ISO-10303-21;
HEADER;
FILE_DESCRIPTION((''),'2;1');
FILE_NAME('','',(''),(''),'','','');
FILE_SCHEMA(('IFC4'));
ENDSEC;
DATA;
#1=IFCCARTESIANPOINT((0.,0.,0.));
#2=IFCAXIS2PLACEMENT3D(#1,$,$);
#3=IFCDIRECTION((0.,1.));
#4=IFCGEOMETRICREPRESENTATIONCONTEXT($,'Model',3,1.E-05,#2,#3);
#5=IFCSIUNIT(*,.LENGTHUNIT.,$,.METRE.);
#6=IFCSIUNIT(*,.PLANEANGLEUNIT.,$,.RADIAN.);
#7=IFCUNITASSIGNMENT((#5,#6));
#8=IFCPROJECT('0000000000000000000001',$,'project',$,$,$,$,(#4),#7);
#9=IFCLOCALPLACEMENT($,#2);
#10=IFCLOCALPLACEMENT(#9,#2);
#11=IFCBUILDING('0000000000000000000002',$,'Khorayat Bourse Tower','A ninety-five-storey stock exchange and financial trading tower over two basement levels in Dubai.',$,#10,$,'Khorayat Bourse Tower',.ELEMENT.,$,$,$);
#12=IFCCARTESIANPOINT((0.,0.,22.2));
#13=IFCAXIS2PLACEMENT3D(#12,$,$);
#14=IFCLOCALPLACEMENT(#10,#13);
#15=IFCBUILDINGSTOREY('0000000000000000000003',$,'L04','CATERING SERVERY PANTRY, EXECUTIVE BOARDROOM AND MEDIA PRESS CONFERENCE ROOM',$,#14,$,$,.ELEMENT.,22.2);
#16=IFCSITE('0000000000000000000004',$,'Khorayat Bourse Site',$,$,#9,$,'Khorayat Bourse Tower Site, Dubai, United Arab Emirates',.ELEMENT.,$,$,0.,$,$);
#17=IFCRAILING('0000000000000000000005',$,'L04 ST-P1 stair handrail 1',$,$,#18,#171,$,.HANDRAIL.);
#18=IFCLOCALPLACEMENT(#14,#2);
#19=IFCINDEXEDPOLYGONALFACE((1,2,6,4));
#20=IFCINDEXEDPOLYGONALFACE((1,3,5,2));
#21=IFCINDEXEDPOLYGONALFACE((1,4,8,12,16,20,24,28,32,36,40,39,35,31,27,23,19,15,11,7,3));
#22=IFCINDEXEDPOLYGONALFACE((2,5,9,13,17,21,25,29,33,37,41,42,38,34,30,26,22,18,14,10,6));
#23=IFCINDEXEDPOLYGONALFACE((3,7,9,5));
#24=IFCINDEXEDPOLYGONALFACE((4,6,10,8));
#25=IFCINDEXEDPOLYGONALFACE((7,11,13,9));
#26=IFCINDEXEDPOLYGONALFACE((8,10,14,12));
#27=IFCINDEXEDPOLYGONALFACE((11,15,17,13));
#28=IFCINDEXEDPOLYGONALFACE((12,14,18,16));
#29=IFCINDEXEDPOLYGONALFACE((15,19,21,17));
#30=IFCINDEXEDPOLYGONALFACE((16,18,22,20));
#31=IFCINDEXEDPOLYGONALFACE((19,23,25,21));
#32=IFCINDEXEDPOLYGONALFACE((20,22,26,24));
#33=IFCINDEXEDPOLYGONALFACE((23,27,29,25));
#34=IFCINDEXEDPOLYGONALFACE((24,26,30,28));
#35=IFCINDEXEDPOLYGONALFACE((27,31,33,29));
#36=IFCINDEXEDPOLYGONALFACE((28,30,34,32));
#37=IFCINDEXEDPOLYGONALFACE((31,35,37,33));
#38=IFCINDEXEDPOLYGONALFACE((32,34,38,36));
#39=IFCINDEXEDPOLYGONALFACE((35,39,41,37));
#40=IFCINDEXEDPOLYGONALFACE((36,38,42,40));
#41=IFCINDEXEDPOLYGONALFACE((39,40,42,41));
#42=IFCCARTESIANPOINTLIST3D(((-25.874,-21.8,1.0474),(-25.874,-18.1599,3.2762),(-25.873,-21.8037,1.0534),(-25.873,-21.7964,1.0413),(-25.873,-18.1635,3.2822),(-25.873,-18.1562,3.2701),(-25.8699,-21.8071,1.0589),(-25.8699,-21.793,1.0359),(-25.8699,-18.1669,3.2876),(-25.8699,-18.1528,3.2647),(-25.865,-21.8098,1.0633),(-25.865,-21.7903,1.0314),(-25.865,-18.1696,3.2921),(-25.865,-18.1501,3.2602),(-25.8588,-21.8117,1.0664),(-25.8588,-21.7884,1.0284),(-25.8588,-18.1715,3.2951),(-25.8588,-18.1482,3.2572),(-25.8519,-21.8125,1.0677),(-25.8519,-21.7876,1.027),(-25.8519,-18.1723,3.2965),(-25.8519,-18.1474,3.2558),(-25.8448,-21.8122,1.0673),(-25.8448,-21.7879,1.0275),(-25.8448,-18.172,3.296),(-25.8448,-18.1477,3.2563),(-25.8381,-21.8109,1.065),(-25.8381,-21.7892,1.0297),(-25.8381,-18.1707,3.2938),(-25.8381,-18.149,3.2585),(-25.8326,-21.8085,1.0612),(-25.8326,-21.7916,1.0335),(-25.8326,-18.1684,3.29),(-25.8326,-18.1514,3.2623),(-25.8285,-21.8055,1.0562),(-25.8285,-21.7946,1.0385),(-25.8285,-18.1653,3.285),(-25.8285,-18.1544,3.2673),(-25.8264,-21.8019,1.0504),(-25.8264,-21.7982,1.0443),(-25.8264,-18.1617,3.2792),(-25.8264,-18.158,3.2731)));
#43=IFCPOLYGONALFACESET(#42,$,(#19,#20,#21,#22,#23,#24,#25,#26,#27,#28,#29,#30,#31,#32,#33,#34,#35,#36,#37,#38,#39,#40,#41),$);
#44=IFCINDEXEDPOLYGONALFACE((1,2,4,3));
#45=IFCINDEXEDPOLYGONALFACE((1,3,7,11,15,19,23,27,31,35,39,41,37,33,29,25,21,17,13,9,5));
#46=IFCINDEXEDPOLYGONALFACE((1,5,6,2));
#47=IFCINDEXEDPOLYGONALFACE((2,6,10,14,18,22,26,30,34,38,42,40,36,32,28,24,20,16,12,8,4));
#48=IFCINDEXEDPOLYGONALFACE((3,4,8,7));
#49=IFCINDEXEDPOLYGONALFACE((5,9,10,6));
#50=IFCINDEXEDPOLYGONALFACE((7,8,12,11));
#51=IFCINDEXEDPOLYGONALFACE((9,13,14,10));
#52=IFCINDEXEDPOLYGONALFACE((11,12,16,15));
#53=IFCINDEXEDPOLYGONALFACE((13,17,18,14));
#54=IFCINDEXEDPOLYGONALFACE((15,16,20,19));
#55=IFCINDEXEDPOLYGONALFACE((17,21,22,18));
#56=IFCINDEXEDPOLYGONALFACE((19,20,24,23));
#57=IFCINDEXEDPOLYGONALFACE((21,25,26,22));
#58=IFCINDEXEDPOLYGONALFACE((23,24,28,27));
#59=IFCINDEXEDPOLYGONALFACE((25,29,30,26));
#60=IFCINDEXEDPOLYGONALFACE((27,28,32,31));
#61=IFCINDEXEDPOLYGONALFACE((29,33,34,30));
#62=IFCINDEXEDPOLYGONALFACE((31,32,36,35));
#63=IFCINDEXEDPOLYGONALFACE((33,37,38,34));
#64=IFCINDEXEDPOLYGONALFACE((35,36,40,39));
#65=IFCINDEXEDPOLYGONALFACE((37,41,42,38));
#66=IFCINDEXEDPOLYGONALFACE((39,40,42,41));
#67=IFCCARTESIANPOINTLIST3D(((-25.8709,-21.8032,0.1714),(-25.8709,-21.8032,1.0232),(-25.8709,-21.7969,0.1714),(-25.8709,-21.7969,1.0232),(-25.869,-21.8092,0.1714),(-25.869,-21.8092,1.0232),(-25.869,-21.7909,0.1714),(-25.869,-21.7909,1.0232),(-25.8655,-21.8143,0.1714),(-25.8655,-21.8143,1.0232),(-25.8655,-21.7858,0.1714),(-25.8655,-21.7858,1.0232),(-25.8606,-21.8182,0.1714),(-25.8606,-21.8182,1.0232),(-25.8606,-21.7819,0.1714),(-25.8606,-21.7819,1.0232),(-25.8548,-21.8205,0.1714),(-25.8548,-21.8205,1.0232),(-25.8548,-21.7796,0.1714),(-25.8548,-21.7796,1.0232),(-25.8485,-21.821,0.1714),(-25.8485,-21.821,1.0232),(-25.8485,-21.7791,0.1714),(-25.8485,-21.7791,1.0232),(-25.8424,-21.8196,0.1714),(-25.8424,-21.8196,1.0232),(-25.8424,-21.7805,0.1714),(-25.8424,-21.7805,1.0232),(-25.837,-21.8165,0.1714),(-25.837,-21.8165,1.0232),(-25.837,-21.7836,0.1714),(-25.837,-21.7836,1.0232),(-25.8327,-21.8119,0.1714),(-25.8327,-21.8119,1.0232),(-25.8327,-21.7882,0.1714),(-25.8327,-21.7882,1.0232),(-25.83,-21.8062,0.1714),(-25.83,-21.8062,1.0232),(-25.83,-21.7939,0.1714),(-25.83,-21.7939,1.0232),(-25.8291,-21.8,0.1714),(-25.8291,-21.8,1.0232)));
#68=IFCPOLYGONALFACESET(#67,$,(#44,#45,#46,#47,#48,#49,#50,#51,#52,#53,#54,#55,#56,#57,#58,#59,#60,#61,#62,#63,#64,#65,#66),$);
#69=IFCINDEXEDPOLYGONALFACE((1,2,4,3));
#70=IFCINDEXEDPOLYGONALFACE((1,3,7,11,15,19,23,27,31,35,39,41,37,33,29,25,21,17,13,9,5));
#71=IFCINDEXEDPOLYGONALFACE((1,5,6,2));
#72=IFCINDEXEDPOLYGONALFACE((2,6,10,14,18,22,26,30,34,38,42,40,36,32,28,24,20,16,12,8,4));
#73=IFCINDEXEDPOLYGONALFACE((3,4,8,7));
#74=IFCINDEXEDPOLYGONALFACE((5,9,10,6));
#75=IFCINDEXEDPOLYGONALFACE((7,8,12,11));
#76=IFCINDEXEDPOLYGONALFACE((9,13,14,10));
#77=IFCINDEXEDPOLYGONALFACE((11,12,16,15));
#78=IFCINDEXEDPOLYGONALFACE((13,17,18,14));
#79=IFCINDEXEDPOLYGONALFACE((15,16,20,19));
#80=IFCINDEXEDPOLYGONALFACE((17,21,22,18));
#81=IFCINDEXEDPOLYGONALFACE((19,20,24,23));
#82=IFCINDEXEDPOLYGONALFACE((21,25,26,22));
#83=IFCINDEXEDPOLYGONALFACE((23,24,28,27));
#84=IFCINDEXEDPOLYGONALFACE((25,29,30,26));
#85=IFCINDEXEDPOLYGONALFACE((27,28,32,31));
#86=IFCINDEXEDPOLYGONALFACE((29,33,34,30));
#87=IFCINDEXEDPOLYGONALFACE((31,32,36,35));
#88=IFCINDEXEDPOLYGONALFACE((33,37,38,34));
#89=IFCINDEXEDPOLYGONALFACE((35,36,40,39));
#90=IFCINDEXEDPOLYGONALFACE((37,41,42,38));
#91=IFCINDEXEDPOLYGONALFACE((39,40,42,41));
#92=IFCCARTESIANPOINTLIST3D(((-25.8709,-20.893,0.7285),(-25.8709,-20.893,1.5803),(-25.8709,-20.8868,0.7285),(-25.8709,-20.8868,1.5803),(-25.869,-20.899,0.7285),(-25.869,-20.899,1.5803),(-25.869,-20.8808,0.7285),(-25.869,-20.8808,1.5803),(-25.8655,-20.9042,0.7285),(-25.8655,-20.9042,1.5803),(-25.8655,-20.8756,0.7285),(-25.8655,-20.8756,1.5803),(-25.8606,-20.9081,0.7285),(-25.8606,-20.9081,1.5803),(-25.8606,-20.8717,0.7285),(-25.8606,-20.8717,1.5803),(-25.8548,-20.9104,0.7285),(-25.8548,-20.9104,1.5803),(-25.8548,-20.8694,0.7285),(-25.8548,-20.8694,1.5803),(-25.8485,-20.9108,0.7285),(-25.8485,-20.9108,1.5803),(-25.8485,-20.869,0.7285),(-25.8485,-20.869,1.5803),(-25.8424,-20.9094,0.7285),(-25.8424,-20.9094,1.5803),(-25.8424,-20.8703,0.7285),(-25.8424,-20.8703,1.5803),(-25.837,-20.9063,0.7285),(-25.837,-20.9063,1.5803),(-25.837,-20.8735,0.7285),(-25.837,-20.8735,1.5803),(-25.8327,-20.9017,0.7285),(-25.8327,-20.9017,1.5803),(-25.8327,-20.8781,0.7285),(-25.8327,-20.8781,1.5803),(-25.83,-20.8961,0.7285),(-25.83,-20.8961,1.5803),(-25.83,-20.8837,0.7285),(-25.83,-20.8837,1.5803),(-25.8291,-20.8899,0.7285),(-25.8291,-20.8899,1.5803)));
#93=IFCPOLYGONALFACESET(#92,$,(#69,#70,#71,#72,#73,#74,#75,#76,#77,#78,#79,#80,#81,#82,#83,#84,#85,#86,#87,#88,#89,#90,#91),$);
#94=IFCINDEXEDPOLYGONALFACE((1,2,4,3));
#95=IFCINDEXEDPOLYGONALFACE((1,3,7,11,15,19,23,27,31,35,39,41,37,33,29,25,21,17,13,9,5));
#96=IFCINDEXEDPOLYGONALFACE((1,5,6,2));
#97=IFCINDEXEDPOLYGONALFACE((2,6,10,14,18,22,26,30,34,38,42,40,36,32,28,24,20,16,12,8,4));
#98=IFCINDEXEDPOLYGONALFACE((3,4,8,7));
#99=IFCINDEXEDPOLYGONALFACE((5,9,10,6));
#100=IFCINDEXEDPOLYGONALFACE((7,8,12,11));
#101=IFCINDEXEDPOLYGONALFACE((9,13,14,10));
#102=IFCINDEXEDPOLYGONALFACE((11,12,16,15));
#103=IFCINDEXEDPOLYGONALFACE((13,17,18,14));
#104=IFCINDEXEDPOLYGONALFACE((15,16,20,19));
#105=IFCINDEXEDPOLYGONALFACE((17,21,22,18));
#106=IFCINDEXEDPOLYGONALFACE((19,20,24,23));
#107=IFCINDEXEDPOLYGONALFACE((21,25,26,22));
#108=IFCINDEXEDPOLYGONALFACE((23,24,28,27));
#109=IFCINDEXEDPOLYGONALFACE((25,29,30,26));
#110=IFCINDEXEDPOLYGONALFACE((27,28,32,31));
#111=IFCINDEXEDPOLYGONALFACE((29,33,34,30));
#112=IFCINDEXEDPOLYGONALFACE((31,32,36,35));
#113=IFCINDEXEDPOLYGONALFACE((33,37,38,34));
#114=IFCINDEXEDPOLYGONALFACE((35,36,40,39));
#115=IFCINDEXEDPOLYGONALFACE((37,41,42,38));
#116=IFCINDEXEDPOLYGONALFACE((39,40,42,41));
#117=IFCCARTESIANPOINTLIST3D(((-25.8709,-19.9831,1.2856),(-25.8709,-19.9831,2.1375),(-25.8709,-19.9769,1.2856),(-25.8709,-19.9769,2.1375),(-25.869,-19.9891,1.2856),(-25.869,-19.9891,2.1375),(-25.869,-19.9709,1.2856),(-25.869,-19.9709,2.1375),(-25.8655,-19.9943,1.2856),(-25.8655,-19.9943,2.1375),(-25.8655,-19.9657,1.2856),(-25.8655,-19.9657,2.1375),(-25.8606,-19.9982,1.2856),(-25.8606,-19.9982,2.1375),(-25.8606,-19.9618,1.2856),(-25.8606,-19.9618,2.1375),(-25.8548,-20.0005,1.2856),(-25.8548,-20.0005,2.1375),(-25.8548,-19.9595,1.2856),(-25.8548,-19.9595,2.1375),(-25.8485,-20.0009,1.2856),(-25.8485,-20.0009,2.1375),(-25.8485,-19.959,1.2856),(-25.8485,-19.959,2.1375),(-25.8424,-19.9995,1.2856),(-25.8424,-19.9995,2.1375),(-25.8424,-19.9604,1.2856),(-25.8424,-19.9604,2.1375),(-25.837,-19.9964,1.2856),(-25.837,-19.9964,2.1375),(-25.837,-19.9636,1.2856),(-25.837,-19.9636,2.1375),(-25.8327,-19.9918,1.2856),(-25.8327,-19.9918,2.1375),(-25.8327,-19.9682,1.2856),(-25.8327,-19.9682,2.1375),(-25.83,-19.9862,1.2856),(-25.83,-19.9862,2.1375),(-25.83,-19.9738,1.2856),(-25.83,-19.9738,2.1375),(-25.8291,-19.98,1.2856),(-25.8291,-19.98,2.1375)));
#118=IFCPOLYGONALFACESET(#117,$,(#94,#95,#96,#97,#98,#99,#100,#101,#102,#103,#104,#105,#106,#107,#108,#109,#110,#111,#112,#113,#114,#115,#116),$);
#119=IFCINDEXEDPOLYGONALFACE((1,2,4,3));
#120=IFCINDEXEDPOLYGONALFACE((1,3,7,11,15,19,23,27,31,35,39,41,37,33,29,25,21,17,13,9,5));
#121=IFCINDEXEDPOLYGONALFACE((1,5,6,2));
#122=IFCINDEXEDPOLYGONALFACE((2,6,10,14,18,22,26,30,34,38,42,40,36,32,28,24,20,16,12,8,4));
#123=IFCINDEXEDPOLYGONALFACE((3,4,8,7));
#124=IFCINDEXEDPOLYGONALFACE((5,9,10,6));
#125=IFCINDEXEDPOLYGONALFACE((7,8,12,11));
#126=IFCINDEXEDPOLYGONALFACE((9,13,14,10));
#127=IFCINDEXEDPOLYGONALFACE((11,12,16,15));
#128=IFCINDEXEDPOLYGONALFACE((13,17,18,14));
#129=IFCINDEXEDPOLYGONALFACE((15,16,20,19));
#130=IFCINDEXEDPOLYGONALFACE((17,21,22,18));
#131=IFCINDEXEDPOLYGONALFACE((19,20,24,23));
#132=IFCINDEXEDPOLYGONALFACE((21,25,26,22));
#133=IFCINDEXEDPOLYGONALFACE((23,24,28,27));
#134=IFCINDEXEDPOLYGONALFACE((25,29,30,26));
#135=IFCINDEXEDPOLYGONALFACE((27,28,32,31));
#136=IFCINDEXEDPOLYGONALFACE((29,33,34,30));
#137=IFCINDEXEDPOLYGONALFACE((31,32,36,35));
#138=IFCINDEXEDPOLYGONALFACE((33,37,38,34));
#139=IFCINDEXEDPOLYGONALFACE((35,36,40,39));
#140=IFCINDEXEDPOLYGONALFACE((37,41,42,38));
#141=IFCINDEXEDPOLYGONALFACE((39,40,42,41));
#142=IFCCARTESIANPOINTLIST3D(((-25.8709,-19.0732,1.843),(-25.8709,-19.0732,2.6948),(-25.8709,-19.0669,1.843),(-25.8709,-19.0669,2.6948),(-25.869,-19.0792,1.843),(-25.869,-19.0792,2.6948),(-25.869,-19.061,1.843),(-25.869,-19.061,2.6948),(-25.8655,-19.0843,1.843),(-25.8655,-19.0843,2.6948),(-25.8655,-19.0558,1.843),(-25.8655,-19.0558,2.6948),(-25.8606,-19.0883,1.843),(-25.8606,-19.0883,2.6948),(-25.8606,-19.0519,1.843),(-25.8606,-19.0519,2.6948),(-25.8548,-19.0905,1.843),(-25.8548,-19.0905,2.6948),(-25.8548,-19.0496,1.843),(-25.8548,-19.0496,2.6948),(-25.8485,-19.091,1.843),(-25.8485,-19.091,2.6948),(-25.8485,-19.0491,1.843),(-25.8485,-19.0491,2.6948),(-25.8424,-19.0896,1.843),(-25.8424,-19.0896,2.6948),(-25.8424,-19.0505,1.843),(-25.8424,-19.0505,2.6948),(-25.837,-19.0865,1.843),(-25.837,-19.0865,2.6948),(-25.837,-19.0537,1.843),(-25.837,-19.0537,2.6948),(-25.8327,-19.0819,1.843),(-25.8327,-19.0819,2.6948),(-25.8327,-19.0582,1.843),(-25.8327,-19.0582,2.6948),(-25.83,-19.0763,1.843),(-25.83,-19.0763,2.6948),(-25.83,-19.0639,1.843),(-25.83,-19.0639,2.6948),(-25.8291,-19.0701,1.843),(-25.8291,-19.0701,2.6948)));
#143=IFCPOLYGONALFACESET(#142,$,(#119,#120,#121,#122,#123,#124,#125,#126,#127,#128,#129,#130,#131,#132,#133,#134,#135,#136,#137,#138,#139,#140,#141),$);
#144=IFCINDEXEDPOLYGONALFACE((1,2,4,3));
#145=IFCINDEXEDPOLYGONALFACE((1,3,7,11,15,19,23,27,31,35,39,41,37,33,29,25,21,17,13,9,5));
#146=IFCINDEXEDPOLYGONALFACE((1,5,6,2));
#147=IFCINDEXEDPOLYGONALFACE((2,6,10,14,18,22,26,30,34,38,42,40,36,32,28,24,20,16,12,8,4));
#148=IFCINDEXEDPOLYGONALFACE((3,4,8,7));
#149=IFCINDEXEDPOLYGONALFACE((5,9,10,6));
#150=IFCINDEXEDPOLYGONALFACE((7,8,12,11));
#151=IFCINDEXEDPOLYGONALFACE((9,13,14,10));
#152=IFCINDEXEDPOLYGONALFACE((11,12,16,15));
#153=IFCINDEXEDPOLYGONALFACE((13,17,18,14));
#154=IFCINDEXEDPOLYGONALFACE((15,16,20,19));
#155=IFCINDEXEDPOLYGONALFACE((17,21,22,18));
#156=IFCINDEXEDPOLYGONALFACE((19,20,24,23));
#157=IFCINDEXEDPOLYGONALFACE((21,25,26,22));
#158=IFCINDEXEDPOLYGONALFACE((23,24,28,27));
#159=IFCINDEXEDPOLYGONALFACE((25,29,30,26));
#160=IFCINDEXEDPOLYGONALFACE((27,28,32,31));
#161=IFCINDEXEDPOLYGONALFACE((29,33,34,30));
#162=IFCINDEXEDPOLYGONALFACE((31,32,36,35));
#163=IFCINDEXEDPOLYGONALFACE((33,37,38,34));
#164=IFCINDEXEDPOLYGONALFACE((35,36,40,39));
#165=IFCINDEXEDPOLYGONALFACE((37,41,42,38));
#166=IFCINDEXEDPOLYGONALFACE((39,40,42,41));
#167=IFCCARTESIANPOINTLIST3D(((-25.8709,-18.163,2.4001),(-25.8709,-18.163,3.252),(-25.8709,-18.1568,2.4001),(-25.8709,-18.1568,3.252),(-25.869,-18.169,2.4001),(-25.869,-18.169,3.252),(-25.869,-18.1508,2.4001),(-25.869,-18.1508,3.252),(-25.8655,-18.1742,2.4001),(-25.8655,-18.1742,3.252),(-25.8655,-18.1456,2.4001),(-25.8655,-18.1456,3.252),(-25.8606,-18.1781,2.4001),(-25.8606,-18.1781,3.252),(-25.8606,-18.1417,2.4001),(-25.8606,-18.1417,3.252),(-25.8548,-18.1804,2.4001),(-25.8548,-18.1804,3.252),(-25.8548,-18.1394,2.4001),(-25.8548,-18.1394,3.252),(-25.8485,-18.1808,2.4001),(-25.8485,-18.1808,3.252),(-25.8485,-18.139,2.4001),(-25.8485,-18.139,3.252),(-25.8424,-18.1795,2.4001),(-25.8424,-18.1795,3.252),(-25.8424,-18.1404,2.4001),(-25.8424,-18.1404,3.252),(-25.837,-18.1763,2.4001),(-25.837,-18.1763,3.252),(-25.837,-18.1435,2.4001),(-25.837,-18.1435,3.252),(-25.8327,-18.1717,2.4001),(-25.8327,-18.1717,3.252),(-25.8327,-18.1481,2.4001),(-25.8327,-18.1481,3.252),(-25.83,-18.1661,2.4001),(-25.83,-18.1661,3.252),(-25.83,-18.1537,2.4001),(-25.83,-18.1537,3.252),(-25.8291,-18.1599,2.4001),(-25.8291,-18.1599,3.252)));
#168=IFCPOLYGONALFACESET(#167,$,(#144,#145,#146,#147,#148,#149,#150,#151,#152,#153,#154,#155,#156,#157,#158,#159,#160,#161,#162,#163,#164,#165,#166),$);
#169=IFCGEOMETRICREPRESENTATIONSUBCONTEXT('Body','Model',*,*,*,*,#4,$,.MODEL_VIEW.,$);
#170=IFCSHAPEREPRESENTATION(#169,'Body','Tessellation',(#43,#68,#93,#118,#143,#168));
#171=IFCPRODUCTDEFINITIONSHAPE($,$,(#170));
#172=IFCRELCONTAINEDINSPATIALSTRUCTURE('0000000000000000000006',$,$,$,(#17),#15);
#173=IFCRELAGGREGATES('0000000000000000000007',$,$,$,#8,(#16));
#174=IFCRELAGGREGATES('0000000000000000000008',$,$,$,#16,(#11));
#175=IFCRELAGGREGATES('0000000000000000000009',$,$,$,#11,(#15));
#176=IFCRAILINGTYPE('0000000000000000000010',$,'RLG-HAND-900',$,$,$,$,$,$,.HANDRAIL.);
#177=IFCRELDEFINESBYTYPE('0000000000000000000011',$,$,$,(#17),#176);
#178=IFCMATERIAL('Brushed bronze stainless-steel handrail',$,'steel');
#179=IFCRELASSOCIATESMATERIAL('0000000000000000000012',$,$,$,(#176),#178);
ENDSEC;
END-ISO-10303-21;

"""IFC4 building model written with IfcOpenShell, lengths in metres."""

from ifc_helpers import new_model, si_unit, direction, frame, origin, origin_2d, place, context, subcontext, project, spatial, circle, extrude, source, transform, mapped, material, type_object, element, save


model = new_model("IFC4")

# Units and contexts
model_context = context("Model", 3, precision=1e-05, world=origin(), true_north=direction((0.0, 1.0)))
body_context = subcontext(model_context, "Body", "Model", "MODEL_VIEW")
ifc_project = project(units=[si_unit("LENGTHUNIT", "METRE"), si_unit("PLANEANGLEUNIT", "RADIAN")], contexts=[model_context])

# Site, building, storey
site_placement = place(None, origin())
site = spatial("IfcSite", under=ifc_project, at=site_placement, Name="Khorayat Bourse Site", LongName="Khorayat Bourse Tower Site, Dubai, United Arab Emirates", CompositionType="ELEMENT", RefElevation=0.0)
building_placement = place(site_placement, origin())
building = spatial("IfcBuilding", under=site, at=building_placement, Name="Khorayat Bourse Tower", Description="A ninety-five-storey stock exchange and financial trading tower over two basement levels in Dubai.", LongName="Khorayat Bourse Tower", CompositionType="ELEMENT")
storey_placement = place(building_placement, frame((0.0, 0.0, 22.2)))
storey = spatial("IfcBuildingStorey", under=building, at=storey_placement, Name="L04", Description="CATERING SERVERY PANTRY, EXECUTIVE BOARDROOM AND MEDIA PRESS CONFERENCE ROOM", CompositionType="ELEMENT", Elevation=22.2)

# Railing
ifc_material_1 = material(Name="Brushed bronze stainless-steel handrail", Category="steel")
railing_type_1 = type_object("IfcRailingType", Name="RLG-HAND-900", PredefinedType="HANDRAIL", material=ifc_material_1)
shared_shape_1 = source(origin(), body_context, "Body", "SweptSolid", [
    extrude(circle(Radius=0.0239, at=origin_2d()), frame((0.0, 0.0, 0.876), z_axis=(0.0, 0.85284, 0.522172), x_axis=(-1.0, 0.0, 0.0)), (0.0, 0.0, 1.0), 4.2683),
    extrude(circle(Radius=0.021, at=origin_2d()), origin(), (0.0, 0.0, 1.0), 0.8518),
    extrude(circle(Radius=0.021, at=origin_2d()), frame((0.0, 0.9102, 0.5571)), (0.0, 0.0, 1.0), 0.8518),
    extrude(circle(Radius=0.021, at=origin_2d()), frame((0.0, 1.8201, 1.1143)), (0.0, 0.0, 1.0), 0.8518),
    extrude(circle(Radius=0.021, at=origin_2d()), frame((0.0, 2.73, 1.6716)), (0.0, 0.0, 1.0), 0.8518),
    extrude(circle(Radius=0.021, at=origin_2d()), frame((0.0, 3.6401, 2.2288)), (0.0, 0.0, 1.0), 0.8518),
])
railing_1_placement = place(storey_placement, frame((-25.8501, -21.8, 0.1714)))
element("IfcRailing", 1, at=railing_1_placement, inside=storey, type_object=railing_type_1, Name="L04 ST-P1 stair handrail 1", PredefinedType="HANDRAIL", context=body_context, shape_type="MappedRepresentation", body=[
    mapped(shared_shape_1, transform((0.0, 0.0, 0.0), scale=1.0)),
])

save(model, "model.ifc")
